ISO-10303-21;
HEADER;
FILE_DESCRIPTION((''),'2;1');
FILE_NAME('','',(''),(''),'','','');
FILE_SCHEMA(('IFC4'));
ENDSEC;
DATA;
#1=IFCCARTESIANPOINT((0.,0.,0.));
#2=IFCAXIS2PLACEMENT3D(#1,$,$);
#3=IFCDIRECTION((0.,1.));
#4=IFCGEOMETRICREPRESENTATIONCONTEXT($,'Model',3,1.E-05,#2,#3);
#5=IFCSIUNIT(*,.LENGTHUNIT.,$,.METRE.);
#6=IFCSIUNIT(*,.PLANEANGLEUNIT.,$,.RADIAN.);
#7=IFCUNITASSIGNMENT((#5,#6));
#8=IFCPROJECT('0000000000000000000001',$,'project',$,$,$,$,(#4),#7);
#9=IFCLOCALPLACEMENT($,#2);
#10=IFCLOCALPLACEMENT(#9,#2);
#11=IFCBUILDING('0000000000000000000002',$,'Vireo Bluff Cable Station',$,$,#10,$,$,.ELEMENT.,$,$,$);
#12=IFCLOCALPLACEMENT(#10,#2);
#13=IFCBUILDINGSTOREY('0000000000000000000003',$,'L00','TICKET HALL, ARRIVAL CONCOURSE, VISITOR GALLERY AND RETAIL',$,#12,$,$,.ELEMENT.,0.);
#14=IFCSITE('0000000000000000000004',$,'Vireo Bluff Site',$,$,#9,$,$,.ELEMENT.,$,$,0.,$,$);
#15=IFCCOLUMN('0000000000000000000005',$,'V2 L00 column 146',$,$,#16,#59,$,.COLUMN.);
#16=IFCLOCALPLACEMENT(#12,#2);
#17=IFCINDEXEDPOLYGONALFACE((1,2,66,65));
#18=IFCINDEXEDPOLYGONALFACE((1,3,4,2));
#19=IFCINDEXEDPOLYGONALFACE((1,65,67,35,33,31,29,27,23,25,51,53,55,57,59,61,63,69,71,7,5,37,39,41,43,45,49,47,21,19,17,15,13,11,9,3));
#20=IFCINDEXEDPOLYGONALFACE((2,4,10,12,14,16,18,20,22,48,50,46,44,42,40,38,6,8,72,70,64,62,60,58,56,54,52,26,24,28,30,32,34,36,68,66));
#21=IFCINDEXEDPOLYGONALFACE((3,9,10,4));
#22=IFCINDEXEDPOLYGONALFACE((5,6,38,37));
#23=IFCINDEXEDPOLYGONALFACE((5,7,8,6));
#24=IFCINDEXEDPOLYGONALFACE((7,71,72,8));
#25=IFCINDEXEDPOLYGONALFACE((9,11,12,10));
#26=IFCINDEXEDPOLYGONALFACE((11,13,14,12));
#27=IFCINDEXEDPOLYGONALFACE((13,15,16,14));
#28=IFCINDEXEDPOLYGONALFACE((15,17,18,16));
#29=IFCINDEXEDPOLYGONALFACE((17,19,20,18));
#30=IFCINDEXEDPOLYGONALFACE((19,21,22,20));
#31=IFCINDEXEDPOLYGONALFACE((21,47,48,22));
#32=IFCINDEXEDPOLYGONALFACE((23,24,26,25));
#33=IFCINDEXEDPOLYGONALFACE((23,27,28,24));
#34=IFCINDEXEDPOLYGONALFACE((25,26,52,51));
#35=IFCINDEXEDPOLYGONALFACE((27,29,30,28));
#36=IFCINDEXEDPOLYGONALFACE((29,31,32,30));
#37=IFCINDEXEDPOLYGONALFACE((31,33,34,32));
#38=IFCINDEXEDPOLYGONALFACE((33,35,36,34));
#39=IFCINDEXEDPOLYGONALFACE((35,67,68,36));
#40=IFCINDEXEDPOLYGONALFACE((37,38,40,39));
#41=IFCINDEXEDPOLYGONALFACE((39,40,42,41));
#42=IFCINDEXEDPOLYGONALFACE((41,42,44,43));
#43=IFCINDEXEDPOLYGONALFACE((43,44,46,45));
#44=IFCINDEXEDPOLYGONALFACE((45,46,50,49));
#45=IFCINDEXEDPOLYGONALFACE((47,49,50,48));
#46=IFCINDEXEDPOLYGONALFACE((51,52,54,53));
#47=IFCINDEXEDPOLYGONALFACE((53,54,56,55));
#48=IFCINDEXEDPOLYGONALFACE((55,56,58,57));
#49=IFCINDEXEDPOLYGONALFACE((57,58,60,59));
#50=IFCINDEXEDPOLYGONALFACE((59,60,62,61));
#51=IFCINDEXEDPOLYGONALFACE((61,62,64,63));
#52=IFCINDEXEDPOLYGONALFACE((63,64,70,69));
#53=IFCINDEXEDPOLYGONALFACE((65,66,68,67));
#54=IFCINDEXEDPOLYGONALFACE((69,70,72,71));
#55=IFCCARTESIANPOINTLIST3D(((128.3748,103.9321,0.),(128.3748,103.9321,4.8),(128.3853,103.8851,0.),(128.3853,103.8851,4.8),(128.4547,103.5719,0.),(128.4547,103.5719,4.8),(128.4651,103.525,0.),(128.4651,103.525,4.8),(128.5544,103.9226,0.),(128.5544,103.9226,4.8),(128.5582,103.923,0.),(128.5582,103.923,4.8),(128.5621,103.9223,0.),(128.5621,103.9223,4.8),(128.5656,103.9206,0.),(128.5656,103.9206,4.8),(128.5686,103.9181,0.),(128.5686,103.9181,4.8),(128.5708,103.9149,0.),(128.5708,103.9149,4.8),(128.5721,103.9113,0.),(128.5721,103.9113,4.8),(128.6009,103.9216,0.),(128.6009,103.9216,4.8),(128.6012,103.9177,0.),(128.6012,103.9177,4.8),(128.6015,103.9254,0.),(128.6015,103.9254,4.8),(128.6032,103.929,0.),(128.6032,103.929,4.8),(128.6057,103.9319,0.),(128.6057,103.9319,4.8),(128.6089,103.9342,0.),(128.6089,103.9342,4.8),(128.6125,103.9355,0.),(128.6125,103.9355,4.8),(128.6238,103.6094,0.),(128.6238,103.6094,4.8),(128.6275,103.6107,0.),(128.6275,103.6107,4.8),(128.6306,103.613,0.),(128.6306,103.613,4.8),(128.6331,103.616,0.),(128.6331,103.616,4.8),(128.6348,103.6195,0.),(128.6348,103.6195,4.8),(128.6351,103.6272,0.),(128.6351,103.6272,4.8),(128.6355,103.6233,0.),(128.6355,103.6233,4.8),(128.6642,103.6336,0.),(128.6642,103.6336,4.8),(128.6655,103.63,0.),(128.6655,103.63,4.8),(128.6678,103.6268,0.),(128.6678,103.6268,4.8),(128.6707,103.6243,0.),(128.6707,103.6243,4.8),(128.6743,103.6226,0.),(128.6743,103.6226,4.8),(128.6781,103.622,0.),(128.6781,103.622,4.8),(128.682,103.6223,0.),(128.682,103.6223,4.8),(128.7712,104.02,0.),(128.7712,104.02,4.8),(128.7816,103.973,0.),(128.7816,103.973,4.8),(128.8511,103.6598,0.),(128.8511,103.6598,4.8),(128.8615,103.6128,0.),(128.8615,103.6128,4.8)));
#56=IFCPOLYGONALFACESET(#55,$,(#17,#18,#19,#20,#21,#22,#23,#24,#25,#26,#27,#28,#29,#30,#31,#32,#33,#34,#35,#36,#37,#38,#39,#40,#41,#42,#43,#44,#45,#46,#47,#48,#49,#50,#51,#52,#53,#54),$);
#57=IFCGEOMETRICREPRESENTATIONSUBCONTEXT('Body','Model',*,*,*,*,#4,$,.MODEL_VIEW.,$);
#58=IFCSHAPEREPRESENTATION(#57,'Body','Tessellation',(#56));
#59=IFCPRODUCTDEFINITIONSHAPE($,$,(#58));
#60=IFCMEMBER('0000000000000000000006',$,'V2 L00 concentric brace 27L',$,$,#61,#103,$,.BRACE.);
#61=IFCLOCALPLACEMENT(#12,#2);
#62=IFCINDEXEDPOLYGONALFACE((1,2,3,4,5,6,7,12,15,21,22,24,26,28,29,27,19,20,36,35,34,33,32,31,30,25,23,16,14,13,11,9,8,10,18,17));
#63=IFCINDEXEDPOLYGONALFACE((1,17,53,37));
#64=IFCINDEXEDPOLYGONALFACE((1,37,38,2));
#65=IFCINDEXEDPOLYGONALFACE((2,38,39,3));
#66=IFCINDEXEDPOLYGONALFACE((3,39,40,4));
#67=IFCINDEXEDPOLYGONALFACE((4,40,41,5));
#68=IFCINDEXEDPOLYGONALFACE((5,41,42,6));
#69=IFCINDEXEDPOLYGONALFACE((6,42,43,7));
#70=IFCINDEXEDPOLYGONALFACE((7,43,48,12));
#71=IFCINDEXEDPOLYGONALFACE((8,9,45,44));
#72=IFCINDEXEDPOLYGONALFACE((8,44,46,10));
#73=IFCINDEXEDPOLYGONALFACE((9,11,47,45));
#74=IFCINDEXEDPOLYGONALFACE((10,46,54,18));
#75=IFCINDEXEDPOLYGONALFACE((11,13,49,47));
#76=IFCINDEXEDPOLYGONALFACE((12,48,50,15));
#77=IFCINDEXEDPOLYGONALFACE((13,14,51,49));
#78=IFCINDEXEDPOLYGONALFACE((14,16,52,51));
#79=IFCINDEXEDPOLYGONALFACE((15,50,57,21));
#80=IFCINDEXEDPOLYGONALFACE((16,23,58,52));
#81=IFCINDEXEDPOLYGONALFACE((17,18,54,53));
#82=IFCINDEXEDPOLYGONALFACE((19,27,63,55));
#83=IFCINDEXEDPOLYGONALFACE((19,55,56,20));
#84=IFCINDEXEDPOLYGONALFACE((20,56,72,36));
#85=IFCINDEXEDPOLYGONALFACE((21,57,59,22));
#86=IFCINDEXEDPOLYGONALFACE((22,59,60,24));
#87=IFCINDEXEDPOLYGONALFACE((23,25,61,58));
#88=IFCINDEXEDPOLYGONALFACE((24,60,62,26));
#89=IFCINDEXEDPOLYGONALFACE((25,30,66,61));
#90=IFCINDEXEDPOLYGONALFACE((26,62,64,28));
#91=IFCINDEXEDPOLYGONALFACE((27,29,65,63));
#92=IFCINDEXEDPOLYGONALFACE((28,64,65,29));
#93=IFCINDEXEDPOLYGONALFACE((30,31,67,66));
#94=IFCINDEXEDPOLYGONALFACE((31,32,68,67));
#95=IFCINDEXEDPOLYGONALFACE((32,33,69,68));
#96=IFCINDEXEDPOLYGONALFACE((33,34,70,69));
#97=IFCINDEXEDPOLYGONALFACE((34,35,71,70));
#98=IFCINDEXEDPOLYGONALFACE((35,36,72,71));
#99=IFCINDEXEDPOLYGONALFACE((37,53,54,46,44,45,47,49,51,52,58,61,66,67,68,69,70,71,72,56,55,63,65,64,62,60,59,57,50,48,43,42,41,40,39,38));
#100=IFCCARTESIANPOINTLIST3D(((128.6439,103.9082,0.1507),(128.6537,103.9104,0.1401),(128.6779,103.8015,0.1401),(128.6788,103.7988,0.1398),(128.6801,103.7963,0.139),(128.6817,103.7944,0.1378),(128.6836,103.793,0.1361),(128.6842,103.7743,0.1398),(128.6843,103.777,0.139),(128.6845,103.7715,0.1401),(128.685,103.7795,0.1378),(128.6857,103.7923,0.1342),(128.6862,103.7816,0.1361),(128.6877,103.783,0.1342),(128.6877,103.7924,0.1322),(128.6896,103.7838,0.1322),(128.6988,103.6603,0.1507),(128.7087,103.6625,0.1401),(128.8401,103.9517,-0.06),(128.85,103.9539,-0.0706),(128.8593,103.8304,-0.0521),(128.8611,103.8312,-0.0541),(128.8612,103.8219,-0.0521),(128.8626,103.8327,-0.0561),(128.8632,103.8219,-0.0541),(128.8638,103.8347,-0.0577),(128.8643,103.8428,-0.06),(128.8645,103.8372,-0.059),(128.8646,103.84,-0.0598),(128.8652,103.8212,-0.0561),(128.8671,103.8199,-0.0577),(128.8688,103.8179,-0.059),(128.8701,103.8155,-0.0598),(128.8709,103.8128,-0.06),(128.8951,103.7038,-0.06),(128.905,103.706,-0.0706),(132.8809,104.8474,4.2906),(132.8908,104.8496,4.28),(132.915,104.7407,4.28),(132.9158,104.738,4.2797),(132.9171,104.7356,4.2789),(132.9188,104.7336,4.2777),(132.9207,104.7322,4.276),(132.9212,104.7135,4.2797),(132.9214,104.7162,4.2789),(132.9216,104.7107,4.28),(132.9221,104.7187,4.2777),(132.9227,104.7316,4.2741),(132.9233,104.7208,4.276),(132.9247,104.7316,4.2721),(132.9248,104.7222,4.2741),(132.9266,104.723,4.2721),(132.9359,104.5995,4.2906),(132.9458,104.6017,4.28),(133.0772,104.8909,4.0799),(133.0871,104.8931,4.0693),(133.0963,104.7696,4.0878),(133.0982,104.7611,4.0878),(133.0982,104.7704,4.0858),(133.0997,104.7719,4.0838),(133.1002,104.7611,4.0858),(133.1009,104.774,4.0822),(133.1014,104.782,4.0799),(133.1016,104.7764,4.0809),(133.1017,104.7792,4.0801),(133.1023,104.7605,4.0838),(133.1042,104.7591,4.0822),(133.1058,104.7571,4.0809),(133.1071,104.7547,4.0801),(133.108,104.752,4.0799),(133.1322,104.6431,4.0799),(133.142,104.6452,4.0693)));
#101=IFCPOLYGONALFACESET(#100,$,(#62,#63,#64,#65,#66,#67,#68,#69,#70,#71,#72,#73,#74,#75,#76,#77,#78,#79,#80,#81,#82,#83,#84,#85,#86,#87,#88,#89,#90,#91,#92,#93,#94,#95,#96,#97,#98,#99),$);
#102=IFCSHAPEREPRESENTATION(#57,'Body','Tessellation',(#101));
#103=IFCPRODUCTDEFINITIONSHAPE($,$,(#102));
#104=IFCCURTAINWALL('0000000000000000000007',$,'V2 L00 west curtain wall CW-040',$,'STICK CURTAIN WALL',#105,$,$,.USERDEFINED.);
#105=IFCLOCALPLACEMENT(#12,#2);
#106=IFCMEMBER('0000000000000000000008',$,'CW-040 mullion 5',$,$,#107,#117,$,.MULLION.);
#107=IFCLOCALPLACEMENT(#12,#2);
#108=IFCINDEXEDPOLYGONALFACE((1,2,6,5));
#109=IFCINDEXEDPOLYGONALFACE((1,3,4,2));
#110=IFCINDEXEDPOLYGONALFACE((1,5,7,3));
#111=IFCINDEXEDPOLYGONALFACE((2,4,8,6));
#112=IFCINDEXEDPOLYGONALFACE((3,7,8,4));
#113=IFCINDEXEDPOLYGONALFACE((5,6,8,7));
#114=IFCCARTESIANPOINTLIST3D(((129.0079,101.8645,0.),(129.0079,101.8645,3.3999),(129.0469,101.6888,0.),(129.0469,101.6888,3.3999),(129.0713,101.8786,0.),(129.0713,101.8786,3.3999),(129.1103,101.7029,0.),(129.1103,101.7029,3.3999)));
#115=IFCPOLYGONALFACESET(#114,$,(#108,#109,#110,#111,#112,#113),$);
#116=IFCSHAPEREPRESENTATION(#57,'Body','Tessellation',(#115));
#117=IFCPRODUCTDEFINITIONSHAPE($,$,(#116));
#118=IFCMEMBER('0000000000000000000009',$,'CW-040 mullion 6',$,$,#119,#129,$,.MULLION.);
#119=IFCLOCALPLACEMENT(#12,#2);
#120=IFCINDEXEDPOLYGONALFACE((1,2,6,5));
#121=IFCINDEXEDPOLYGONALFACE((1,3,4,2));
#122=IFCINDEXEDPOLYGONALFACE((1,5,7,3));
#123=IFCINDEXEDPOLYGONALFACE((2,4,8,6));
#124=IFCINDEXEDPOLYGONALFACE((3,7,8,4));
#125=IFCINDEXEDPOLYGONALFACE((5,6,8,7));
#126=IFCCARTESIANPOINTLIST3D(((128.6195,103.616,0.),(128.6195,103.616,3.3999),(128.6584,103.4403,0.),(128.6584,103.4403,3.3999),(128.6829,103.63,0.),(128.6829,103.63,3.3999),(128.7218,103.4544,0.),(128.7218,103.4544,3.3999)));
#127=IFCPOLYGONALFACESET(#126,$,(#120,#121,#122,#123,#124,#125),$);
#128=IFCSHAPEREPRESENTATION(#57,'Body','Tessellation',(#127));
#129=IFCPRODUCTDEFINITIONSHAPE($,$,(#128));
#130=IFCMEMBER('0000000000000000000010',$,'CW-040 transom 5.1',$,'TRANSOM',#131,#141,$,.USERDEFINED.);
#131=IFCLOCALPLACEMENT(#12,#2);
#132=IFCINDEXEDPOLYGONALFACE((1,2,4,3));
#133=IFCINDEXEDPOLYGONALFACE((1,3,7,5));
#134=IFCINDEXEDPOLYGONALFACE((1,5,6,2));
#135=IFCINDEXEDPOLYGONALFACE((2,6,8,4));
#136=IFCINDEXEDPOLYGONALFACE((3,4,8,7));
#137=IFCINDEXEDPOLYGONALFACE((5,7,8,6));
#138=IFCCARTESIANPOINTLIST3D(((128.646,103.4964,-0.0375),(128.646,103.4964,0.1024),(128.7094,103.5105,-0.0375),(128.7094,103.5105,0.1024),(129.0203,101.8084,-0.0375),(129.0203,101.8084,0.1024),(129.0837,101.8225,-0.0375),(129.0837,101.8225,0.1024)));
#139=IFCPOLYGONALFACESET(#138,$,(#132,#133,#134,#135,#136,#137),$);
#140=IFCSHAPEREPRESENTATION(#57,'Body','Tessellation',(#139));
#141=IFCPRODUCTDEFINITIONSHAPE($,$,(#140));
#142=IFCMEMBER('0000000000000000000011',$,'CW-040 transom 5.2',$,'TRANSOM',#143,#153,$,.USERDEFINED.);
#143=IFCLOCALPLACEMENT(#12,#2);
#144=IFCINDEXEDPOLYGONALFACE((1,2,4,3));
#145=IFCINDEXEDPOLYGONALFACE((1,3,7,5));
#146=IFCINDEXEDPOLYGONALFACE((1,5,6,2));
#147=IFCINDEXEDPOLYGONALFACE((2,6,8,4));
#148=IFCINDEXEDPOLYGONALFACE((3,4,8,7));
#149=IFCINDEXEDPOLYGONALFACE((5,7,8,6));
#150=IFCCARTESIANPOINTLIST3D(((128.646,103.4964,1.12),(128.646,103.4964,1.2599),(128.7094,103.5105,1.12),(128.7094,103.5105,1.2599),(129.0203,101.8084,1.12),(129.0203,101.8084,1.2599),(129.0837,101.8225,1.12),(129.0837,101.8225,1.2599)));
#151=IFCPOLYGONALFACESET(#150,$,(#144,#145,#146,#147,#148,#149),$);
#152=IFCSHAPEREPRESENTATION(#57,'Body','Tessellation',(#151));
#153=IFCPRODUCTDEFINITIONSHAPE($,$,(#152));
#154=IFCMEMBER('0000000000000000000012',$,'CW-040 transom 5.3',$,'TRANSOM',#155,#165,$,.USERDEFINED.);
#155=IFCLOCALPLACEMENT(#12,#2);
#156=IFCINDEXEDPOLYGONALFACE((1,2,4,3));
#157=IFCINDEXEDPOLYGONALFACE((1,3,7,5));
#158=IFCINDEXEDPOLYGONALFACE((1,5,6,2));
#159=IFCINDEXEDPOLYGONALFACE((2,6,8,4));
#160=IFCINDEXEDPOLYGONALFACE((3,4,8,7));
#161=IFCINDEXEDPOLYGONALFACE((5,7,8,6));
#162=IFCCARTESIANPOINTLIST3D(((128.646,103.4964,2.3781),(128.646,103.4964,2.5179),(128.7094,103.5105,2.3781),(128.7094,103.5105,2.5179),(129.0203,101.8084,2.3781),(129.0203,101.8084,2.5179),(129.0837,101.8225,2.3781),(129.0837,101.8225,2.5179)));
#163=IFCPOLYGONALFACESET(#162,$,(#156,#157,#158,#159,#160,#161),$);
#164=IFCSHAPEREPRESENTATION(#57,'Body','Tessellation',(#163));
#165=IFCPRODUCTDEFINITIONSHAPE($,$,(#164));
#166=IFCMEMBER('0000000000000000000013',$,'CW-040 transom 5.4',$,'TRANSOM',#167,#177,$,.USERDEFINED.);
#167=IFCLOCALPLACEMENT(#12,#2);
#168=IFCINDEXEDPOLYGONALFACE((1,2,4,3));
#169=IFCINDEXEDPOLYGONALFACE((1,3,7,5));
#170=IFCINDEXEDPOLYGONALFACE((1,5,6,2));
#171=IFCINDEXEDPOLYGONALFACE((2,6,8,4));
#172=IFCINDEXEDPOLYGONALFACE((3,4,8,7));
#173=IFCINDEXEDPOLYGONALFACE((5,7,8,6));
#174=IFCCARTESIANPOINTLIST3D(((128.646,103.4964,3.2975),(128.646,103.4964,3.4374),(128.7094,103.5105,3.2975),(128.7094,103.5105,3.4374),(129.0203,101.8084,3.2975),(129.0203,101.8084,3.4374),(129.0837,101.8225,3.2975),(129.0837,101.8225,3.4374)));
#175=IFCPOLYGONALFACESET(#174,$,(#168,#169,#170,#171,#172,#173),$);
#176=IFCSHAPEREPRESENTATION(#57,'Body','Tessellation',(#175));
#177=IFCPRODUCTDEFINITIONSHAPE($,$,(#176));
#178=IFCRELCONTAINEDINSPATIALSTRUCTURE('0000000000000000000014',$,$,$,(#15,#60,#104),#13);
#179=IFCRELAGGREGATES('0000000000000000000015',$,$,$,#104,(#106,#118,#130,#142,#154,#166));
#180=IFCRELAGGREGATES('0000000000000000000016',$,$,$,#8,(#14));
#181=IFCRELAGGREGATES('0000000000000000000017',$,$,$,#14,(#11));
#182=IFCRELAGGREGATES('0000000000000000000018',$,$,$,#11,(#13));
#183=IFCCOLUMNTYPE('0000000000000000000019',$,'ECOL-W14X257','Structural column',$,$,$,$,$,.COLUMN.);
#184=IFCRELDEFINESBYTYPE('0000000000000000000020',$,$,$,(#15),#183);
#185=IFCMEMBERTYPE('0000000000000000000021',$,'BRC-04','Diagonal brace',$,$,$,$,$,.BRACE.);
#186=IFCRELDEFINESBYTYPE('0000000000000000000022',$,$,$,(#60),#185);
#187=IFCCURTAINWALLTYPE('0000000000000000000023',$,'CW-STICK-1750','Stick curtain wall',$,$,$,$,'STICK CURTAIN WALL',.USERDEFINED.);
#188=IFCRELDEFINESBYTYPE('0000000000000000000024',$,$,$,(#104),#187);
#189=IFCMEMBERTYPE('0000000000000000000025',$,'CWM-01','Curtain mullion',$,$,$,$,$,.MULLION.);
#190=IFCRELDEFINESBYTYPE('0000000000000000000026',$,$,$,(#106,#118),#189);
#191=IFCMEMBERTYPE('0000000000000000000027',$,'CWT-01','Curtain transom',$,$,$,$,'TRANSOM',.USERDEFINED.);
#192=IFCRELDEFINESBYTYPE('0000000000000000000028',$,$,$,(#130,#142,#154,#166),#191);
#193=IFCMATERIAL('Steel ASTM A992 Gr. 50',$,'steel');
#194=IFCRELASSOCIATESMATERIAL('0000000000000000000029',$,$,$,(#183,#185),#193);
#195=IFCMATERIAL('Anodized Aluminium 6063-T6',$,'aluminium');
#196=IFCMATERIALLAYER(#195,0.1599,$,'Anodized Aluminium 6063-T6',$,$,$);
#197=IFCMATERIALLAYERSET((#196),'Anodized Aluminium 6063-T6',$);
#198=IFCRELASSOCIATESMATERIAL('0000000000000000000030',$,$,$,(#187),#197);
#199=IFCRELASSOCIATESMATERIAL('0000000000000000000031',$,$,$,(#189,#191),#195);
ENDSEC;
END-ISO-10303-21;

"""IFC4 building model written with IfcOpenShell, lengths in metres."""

from ifc_helpers import new_model, si_unit, direction, frame, origin, origin_2d, place, context, subcontext, project, spatial, rectangle, i_section, extrude, material, layer, layer_set, material_profile, profile_set, type_object, element, aggregate, save


model = new_model("IFC4")

# Units and contexts
model_context = context("Model", 3, precision=1e-05, world=origin(), true_north=direction((0.0, 1.0)))
body_context = subcontext(model_context, "Body", "Model", "MODEL_VIEW")
ifc_project = project(units=[si_unit("LENGTHUNIT", "METRE"), si_unit("PLANEANGLEUNIT", "RADIAN")], contexts=[model_context])

# Site, building, storey
site_placement = place(None, origin())
site = spatial("IfcSite", under=ifc_project, at=site_placement, Name="Vireo Bluff Site", CompositionType="ELEMENT", RefElevation=0.0)
building_placement = place(site_placement, origin())
building = spatial("IfcBuilding", under=site, at=building_placement, Name="Vireo Bluff Cable Station", CompositionType="ELEMENT")
storey_placement = place(building_placement, origin())
storey = spatial("IfcBuildingStorey", under=building, at=storey_placement, Name="L00", Description="TICKET HALL, ARRIVAL CONCOURSE, VISITOR GALLERY AND RETAIL", CompositionType="ELEMENT", Elevation=0.0)

# Column
ifc_material_1 = material(Name="Steel ASTM A992 Gr. 50", Category="steel")
ifc_material_profile_1 = material_profile(ifc_material_1, i_section(OverallWidth=0.406, OverallDepth=0.417, WebThickness=0.0298, FlangeThickness=0.0481, FilletRadius=0.0149, at=origin_2d()), Name="W14X257")
ifc_profile_set_1 = profile_set([ifc_material_profile_1], Name="Steel ASTM A992 Gr. 50")
column_type = type_object("IfcColumnType", Name="ECOL-W14X257", Description="Structural column", PredefinedType="COLUMN", material=ifc_profile_set_1)
column_placement = place(storey_placement, frame((128.6182, 103.7725, 0.0), z_axis=(0.0, 0.0, 1.0), x_axis=(0.976296, 0.21644, 0.0)))
element("IfcColumn", 1, at=column_placement, inside=storey, type_object=column_type, Name="V2 L00 column 146", PredefinedType="COLUMN", context=body_context, shape_type="SweptSolid", body=[
    extrude(i_section(OverallWidth=0.406, OverallDepth=0.417, WebThickness=0.0298, FlangeThickness=0.0481, FilletRadius=0.0149, at=origin_2d()), origin(), (0.0, 0.0, 1.0), 4.8),
])

# Member
ifc_material_profile_2 = material_profile(ifc_material_1, i_section(OverallWidth=0.2539, OverallDepth=0.3059, WebThickness=0.0088, FlangeThickness=0.0146, FilletRadius=0.011, at=origin_2d()), Name="W12X53")
ifc_profile_set_2 = profile_set([ifc_material_profile_2], Name="Steel ASTM A992 Gr. 50")
member_type_1 = type_object("IfcMemberType", Name="BRC-04", Description="Diagonal brace", PredefinedType="BRACE", material=ifc_profile_set_2)
member_1_placement = place(storey_placement, frame((128.7744, 103.8071, 0.04), z_axis=(0.706437, 0.156592, 0.690236), x_axis=(-0.216412, 0.976302, 0.0)))
element("IfcMember", 2, at=member_1_placement, inside=storey, type_object=member_type_1, Name="V2 L00 concentric brace 27L", PredefinedType="BRACE", context=body_context, shape_type="SweptSolid", body=[
    extrude(i_section(OverallWidth=0.2539, OverallDepth=0.3059, WebThickness=0.0088, FlangeThickness=0.0146, FilletRadius=0.011, at=origin_2d()), origin(), (0.0, 0.0, 1.0), 5.9978),
])

# Curtain wall, members
ifc_material_2 = material(Name="Anodized Aluminium 6063-T6", Category="aluminium")
ifc_layer_1 = layer(ifc_material_2, 0.1599, Name="Anodized Aluminium 6063-T6")
ifc_layer_set_1 = layer_set([ifc_layer_1], Name="Anodized Aluminium 6063-T6")
curtain_wall_type = type_object("IfcCurtainWallType", Name="CW-STICK-1750", Description="Stick curtain wall", ElementType="STICK CURTAIN WALL", PredefinedType="USERDEFINED", material=ifc_layer_set_1)
curtain_wall_placement = place(storey_placement, origin())
curtain_wall = element("IfcCurtainWall", 3, at=curtain_wall_placement, inside=storey, type_object=curtain_wall_type, Name="V2 L00 west curtain wall CW-040", ObjectType="STICK CURTAIN WALL", PredefinedType="USERDEFINED")
ifc_material_profile_3 = material_profile(ifc_material_2, rectangle(XDim=0.0649, YDim=0.1799, at=origin_2d()), Name="ALU-M-65X180")
ifc_profile_set_3 = profile_set([ifc_material_profile_3], Name="Anodized Aluminium 6063-T6")
member_type_2 = type_object("IfcMemberType", Name="CWM-01", Description="Curtain mullion", PredefinedType="MULLION", material=ifc_profile_set_3)
member_2_placement = place(storey_placement, frame((129.0591, 101.7837, 0.0), z_axis=(0.0, 0.0, 1.0), x_axis=(-0.976296, -0.21644, 0.0)))
member_2 = element("IfcMember", 4, at=member_2_placement, type_object=member_type_2, Name="CW-040 mullion 5", PredefinedType="MULLION", context=body_context, shape_type="SweptSolid", body=[
    extrude(rectangle(XDim=0.0649, YDim=0.1799, at=origin_2d()), origin(), (0.0, 0.0, 1.0), 3.3999),
])
member_3_placement = place(storey_placement, frame((128.6707, 103.5352, 0.0), z_axis=(0.0, 0.0, 1.0), x_axis=(-0.976296, -0.21644, 0.0)))
member_3 = element("IfcMember", 5, at=member_3_placement, type_object=member_type_2, Name="CW-040 mullion 6", PredefinedType="MULLION", context=body_context, shape_type="SweptSolid", body=[
    extrude(rectangle(XDim=0.0649, YDim=0.1799, at=origin_2d()), origin(), (0.0, 0.0, 1.0), 3.3999),
])
ifc_material_profile_4 = material_profile(ifc_material_2, rectangle(XDim=0.0649, YDim=0.1399, at=origin_2d()), Name="ALU-T-65X140")
ifc_profile_set_4 = profile_set([ifc_material_profile_4], Name="Anodized Aluminium 6063-T6")
member_type_3 = type_object("IfcMemberType", Name="CWT-01", Description="Curtain transom", ElementType="TRANSOM", PredefinedType="USERDEFINED", material=ifc_profile_set_4)
member_4_placement = place(storey_placement, frame((129.052, 101.8154, 0.0325), z_axis=(-0.216467, 0.97629, 0.0), x_axis=(-0.97629, -0.216467, 0.0)))
member_4 = element("IfcMember", 6, at=member_4_placement, type_object=member_type_3, Name="CW-040 transom 5.1", ObjectType="TRANSOM", PredefinedType="USERDEFINED", context=body_context, shape_type="SweptSolid", body=[
    extrude(rectangle(XDim=0.0649, YDim=0.1399, at=origin_2d()), origin(), (0.0, 0.0, 1.0), 1.729),
])
member_5_placement = place(storey_placement, frame((129.052, 101.8154, 1.1899), z_axis=(-0.216467, 0.97629, 0.0), x_axis=(-0.97629, -0.216467, 0.0)))
member_5 = element("IfcMember", 7, at=member_5_placement, type_object=member_type_3, Name="CW-040 transom 5.2", ObjectType="TRANSOM", PredefinedType="USERDEFINED", context=body_context, shape_type="SweptSolid", body=[
    extrude(rectangle(XDim=0.0649, YDim=0.1399, at=origin_2d()), origin(), (0.0, 0.0, 1.0), 1.729),
])
member_6_placement = place(storey_placement, frame((129.052, 101.8154, 2.448), z_axis=(-0.216467, 0.97629, 0.0), x_axis=(-0.97629, -0.216467, 0.0)))
member_6 = element("IfcMember", 8, at=member_6_placement, type_object=member_type_3, Name="CW-040 transom 5.3", ObjectType="TRANSOM", PredefinedType="USERDEFINED", context=body_context, shape_type="SweptSolid", body=[
    extrude(rectangle(XDim=0.0649, YDim=0.1399, at=origin_2d()), origin(), (0.0, 0.0, 1.0), 1.729),
])
member_7_placement = place(storey_placement, frame((129.052, 101.8154, 3.3674), z_axis=(-0.216467, 0.97629, 0.0), x_axis=(-0.97629, -0.216467, 0.0)))
member_7 = element("IfcMember", 9, at=member_7_placement, type_object=member_type_3, Name="CW-040 transom 5.4", ObjectType="TRANSOM", PredefinedType="USERDEFINED", context=body_context, shape_type="SweptSolid", body=[
    extrude(rectangle(XDim=0.0649, YDim=0.1399, at=origin_2d()), origin(), (0.0, 0.0, 1.0), 1.729),
])

aggregate(curtain_wall, [member_2, member_3, member_4, member_5, member_6, member_7])

save(model, "model.ifc")
